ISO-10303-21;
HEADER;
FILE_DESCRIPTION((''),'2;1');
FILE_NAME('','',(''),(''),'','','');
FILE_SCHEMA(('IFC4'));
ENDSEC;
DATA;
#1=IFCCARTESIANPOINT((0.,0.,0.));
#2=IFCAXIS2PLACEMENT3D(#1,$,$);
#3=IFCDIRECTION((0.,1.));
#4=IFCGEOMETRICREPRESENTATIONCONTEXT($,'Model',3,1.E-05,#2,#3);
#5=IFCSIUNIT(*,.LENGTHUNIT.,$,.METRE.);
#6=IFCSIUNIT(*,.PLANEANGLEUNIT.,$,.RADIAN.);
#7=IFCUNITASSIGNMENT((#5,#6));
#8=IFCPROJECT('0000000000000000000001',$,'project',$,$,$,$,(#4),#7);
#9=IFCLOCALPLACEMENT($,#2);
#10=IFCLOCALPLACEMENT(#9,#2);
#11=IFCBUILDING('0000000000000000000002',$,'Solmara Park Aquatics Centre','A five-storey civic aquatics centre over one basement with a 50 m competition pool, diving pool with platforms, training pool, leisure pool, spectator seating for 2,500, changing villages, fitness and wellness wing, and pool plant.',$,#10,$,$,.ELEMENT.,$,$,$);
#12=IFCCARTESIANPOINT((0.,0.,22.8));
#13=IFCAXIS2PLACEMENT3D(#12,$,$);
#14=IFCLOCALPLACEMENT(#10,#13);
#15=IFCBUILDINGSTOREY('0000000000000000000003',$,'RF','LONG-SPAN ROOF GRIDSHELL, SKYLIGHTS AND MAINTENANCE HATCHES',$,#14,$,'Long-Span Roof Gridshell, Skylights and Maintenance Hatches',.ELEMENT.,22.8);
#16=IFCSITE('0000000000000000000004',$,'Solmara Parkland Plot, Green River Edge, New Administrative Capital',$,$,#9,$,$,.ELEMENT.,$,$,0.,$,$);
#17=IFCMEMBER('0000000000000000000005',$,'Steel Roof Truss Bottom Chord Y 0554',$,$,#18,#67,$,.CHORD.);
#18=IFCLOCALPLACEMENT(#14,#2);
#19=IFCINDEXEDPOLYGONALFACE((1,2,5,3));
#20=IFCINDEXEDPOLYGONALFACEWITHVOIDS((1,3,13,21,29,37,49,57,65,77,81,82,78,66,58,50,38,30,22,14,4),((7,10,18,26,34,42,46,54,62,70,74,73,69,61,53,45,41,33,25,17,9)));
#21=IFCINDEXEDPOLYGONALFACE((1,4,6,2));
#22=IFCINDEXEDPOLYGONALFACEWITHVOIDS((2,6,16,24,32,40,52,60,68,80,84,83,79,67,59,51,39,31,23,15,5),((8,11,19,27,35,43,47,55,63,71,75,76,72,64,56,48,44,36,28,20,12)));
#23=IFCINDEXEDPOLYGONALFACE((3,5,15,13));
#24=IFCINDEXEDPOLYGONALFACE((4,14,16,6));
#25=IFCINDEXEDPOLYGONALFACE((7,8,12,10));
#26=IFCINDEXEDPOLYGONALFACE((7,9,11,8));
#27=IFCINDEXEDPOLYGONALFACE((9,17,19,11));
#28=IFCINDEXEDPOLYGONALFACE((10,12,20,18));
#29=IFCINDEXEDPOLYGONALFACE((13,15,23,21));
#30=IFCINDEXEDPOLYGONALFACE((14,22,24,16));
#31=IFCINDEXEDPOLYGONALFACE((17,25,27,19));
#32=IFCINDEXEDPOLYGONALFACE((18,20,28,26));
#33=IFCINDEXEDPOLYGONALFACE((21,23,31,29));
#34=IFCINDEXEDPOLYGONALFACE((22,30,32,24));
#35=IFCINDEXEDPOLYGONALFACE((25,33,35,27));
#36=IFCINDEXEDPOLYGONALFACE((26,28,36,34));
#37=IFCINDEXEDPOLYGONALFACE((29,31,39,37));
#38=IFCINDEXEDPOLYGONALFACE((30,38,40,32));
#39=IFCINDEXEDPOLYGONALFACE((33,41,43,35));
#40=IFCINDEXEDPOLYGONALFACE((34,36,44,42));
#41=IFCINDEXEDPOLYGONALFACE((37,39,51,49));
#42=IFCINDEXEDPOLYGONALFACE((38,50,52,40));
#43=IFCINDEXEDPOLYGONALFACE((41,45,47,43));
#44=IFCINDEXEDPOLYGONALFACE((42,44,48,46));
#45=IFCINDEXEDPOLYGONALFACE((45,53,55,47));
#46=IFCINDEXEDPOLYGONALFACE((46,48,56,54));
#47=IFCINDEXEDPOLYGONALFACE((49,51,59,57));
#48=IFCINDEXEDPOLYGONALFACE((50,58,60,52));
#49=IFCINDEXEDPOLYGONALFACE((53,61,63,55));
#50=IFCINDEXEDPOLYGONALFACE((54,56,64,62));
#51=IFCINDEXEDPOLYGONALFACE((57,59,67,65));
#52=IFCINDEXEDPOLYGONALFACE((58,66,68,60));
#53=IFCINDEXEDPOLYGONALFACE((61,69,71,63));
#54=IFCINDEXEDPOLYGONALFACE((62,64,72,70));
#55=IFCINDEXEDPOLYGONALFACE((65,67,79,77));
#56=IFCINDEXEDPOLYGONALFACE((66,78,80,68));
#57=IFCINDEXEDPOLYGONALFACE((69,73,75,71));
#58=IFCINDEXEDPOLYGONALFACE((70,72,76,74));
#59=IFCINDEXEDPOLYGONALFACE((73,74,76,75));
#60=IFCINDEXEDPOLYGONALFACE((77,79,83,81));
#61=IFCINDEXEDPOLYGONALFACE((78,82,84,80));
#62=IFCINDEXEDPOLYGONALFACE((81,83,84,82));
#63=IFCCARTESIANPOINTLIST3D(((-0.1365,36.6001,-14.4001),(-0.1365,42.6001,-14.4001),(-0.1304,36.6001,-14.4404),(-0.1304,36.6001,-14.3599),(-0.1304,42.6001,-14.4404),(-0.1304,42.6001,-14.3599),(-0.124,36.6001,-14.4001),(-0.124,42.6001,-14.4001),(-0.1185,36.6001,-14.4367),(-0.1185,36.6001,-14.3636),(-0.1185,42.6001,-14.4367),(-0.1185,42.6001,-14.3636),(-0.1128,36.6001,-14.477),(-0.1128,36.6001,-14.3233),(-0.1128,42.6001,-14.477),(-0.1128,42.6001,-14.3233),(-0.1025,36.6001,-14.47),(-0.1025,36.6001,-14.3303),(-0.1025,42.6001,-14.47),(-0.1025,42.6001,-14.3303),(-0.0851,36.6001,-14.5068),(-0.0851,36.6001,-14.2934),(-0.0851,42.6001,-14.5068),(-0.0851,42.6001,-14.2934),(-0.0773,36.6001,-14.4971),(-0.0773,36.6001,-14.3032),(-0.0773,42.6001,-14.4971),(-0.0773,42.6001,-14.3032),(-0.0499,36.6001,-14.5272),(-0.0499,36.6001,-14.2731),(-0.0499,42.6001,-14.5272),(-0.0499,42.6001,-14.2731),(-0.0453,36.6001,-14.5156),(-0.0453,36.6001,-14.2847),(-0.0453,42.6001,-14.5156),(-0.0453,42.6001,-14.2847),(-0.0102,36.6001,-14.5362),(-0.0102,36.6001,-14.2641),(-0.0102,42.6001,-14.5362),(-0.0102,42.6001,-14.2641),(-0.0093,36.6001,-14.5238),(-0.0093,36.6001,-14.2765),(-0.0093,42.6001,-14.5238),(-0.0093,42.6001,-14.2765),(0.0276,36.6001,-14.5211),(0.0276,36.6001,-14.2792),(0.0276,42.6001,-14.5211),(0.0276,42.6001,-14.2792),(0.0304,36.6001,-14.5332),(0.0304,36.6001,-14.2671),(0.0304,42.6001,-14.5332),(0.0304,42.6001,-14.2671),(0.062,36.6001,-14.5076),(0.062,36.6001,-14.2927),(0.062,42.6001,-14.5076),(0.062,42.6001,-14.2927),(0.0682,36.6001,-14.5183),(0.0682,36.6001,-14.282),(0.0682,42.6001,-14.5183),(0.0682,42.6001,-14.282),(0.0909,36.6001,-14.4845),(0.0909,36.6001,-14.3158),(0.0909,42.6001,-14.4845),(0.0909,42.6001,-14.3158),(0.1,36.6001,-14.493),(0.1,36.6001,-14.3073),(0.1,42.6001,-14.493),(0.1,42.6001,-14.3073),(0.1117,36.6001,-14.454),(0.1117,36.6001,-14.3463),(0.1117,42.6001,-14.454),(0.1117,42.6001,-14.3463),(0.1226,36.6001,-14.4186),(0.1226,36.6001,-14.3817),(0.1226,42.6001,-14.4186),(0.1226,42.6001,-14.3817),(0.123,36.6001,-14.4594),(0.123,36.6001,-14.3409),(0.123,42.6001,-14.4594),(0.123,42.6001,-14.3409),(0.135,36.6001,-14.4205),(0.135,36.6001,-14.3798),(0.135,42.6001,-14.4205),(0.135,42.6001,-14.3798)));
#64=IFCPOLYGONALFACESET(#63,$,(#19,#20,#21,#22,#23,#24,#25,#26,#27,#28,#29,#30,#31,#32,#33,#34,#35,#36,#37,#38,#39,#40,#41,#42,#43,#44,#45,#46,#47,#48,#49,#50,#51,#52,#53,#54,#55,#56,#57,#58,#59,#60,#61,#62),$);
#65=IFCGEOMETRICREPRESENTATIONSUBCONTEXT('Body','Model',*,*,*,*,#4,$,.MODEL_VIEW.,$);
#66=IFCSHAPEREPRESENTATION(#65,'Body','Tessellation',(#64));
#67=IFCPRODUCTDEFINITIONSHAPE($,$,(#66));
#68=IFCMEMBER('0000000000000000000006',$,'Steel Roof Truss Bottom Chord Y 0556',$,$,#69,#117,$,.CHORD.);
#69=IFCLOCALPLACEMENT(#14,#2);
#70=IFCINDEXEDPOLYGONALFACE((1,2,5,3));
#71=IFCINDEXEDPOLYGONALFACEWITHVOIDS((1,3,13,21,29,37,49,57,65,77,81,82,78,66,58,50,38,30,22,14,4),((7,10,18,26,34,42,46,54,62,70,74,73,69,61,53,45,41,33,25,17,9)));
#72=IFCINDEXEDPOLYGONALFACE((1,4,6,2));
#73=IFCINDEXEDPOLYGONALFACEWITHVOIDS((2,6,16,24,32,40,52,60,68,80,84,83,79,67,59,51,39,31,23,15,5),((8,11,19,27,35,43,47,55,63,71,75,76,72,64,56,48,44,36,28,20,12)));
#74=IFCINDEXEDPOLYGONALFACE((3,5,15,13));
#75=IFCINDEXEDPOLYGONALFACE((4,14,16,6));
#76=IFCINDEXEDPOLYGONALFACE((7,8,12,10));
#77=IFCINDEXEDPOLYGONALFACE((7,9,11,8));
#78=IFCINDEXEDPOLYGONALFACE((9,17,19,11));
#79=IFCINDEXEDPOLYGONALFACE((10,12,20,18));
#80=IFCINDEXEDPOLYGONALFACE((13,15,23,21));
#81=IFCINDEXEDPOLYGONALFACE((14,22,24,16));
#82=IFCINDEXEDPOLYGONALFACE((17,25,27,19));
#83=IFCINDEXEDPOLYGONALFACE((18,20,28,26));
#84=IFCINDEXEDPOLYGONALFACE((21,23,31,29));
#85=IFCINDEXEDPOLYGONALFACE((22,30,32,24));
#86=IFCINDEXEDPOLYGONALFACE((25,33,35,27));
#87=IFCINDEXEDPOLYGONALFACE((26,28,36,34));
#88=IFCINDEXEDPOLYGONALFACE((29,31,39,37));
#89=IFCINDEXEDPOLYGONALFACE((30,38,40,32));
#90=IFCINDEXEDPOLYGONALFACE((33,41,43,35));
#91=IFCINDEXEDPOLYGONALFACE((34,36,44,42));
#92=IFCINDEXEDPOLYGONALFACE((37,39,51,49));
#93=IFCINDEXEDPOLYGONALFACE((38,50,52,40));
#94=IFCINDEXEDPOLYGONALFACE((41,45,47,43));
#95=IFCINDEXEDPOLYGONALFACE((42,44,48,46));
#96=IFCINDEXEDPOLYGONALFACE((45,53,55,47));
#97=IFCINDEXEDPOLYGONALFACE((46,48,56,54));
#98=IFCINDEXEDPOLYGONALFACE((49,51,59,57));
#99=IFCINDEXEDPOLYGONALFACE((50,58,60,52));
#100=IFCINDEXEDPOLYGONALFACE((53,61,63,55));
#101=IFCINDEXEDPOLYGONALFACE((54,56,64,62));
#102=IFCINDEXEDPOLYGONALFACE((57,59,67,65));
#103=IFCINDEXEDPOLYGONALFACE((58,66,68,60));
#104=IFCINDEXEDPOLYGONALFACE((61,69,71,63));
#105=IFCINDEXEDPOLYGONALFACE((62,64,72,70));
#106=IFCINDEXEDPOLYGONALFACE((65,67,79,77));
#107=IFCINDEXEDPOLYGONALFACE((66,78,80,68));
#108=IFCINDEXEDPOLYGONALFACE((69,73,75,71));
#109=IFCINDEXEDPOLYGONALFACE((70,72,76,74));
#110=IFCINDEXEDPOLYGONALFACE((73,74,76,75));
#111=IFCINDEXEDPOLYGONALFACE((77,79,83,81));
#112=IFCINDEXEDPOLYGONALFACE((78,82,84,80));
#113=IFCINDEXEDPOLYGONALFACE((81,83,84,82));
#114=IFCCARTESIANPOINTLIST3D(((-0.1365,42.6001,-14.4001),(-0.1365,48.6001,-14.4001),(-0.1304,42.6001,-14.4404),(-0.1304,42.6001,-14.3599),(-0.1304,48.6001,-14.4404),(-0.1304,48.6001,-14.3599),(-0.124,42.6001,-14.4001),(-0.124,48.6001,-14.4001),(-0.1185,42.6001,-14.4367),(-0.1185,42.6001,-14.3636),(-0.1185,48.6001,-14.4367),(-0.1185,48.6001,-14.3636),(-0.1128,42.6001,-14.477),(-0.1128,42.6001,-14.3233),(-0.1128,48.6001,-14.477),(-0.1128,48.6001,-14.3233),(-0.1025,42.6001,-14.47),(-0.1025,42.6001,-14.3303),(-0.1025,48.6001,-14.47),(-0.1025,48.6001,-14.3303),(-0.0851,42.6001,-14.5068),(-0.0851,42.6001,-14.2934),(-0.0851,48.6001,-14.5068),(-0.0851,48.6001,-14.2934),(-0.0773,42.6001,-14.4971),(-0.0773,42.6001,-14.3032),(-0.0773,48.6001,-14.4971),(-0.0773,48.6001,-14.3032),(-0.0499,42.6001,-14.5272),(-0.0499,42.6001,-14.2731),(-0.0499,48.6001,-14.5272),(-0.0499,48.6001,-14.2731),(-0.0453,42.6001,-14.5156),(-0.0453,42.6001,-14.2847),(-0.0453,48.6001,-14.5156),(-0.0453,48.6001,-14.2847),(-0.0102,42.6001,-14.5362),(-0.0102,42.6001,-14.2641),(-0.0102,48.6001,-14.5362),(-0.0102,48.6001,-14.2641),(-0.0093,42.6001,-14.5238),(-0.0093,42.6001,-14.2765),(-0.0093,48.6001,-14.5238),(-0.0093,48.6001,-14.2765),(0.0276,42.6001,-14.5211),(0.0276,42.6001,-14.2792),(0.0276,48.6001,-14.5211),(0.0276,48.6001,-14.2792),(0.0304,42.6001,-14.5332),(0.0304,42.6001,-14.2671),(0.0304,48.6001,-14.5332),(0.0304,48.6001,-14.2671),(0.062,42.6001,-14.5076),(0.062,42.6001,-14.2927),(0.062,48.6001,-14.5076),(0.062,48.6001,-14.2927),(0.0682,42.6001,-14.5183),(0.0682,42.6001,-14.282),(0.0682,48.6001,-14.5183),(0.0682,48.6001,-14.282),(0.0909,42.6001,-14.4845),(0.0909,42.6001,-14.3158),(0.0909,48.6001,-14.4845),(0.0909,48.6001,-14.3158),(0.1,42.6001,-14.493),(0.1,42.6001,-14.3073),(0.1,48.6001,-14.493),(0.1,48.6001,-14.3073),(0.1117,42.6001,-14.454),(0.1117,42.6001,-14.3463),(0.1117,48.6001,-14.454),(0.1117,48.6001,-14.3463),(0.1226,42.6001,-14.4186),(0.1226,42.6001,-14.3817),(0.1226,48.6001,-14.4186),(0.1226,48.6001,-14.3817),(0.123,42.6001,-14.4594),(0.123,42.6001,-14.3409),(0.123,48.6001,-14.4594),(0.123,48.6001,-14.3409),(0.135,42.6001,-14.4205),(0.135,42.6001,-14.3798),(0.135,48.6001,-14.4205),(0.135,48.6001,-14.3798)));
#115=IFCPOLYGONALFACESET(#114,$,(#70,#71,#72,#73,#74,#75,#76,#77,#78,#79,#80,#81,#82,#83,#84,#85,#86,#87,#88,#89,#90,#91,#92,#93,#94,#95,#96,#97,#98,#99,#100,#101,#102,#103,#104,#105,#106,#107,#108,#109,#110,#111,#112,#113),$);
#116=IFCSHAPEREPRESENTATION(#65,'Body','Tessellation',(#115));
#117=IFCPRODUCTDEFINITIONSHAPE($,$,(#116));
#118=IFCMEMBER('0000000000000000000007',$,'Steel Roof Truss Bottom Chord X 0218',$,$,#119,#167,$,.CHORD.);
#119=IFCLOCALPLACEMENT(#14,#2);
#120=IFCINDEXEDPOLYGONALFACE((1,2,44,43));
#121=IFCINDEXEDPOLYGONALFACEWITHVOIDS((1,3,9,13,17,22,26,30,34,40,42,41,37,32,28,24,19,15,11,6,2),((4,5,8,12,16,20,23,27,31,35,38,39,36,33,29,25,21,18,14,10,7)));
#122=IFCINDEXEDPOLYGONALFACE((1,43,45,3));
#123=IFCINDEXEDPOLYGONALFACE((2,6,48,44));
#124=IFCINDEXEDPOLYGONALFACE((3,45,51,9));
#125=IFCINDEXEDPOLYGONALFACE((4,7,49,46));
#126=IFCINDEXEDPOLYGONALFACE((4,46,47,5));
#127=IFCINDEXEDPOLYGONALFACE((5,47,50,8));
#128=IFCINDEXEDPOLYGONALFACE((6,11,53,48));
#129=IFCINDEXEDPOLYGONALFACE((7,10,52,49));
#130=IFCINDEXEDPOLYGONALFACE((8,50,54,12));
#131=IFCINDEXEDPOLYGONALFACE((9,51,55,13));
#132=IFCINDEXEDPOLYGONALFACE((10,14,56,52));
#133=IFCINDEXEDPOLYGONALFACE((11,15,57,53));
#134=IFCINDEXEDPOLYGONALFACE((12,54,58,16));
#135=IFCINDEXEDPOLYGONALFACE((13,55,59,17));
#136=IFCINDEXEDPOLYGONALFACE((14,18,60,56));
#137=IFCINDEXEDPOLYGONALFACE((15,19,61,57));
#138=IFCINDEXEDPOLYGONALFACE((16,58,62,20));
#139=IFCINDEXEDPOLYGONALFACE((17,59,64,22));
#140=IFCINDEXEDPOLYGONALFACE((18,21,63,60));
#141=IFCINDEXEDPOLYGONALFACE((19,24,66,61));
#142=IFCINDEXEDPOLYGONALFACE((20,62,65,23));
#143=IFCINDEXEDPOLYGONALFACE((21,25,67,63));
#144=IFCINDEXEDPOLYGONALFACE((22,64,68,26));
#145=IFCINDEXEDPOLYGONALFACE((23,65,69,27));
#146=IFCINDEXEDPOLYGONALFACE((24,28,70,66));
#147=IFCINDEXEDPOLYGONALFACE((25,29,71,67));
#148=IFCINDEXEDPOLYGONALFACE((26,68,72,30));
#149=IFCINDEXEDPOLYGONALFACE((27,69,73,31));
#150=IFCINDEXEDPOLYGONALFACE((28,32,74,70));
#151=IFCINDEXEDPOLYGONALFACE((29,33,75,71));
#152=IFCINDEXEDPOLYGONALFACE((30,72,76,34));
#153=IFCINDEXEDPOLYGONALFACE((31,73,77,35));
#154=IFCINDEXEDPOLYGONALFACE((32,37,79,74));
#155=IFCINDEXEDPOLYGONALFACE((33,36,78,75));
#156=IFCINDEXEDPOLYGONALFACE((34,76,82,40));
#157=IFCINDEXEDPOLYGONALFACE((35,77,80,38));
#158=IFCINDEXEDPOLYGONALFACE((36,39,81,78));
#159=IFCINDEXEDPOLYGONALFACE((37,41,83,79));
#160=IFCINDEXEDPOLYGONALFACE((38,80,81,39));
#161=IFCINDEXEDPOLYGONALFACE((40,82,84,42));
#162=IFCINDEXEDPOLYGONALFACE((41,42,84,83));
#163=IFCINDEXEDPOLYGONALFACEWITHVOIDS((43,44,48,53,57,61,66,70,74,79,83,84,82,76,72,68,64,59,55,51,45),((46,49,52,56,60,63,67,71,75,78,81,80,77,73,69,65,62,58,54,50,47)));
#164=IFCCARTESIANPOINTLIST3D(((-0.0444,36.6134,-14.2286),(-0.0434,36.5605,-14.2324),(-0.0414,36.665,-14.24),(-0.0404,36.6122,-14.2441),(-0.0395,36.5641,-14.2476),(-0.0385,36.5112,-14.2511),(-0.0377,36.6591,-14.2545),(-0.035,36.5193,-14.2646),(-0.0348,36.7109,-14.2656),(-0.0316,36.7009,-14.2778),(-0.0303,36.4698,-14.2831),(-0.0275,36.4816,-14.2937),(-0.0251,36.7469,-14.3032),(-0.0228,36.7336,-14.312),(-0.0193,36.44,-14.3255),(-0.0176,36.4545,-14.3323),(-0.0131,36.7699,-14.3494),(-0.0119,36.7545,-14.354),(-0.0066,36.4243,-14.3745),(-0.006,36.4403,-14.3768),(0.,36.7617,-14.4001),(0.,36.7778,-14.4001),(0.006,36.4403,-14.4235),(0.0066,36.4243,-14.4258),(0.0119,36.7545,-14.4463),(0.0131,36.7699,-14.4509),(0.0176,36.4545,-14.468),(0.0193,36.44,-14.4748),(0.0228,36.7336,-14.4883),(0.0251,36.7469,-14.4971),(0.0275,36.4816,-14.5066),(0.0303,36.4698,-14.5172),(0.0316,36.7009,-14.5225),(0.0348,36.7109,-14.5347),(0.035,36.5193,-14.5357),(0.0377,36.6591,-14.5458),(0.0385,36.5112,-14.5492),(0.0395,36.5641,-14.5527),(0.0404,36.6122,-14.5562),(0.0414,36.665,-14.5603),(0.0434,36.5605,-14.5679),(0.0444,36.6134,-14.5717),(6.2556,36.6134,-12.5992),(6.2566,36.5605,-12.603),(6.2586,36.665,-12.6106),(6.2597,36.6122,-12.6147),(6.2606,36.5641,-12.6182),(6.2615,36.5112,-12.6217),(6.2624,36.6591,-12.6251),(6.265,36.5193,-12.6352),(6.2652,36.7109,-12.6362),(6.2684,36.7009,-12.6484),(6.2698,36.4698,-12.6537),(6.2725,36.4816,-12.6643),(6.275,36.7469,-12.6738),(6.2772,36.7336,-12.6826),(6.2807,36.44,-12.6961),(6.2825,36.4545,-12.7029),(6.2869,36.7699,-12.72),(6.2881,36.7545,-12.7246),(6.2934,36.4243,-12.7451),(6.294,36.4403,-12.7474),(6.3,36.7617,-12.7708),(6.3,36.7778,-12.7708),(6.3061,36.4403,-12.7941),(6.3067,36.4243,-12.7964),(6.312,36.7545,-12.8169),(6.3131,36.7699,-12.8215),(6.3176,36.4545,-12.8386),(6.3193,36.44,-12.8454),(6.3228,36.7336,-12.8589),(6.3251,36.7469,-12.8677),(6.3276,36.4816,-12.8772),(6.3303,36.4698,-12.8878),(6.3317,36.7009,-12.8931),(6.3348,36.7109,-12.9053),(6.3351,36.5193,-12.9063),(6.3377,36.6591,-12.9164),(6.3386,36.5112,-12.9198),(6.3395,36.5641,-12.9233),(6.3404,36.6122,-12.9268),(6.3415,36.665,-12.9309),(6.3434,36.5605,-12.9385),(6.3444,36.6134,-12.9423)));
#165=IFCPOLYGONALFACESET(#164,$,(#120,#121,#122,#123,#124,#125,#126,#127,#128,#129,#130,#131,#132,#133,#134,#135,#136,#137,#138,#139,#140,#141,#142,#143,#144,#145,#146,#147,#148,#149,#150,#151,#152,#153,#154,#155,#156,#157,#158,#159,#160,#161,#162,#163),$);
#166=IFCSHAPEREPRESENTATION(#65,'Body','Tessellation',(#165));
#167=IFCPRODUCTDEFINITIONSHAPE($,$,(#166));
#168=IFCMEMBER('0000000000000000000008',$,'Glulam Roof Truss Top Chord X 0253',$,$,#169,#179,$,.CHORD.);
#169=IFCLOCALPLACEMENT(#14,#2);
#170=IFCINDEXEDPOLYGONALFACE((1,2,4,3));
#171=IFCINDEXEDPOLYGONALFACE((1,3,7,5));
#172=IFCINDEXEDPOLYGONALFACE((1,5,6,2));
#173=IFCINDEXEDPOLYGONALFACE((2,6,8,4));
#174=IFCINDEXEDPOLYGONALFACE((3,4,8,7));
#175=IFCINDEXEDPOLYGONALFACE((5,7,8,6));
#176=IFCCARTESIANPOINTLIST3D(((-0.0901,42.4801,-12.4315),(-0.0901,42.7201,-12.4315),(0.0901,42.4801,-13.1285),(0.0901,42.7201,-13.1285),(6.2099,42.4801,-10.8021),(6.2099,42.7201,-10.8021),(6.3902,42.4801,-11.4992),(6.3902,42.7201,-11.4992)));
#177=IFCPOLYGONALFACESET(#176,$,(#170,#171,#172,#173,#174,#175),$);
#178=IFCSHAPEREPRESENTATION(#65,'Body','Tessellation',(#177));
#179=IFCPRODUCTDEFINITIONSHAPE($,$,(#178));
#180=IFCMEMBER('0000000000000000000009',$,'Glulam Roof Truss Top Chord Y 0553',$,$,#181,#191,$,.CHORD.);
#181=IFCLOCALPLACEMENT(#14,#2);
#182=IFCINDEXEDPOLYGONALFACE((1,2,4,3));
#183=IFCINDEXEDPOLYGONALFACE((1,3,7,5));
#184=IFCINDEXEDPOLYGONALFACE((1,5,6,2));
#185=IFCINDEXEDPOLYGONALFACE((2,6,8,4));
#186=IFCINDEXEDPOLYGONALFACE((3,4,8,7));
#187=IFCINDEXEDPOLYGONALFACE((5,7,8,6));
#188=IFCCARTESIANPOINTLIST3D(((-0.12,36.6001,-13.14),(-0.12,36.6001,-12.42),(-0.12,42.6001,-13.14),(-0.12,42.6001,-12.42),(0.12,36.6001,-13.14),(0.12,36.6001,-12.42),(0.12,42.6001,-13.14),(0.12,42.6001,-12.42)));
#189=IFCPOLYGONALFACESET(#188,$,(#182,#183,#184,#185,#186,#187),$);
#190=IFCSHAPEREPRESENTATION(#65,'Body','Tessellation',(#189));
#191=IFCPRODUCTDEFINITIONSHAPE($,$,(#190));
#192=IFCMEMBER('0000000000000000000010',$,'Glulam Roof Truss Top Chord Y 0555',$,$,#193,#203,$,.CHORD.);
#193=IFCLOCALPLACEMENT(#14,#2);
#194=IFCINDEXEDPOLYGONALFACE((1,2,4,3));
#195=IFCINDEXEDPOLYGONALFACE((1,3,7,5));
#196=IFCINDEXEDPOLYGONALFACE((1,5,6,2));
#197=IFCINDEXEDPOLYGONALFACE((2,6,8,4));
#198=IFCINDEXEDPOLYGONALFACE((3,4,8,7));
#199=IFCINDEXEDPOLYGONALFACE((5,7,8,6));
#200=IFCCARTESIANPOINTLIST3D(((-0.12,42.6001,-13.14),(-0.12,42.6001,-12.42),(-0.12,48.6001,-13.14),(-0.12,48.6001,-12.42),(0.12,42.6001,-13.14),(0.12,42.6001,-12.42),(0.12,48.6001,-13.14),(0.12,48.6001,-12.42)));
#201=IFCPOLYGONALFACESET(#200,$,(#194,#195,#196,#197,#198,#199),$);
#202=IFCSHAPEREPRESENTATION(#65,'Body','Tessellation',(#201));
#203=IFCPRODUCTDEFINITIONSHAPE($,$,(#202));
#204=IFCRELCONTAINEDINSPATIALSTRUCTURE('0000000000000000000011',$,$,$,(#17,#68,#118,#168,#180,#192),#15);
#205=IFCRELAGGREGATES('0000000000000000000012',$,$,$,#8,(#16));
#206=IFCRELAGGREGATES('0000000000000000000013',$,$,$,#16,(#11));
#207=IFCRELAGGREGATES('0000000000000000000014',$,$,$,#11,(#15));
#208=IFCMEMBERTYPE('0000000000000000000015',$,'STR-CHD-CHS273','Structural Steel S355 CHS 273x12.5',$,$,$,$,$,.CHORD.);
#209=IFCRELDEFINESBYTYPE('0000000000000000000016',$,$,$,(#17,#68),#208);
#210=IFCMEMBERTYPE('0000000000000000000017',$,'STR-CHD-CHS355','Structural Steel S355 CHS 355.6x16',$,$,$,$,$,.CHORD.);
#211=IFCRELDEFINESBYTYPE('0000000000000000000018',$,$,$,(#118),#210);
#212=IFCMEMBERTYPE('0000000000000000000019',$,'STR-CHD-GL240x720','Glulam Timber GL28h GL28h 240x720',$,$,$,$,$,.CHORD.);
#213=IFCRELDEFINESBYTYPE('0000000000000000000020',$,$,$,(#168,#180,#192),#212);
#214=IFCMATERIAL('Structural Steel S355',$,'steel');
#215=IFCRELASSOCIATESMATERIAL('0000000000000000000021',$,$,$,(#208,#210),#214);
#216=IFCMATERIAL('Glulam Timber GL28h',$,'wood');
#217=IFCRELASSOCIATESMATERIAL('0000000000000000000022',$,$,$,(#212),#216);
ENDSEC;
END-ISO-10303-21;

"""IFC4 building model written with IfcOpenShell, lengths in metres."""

from ifc_helpers import new_model, si_unit, direction, frame, origin, origin_2d, place, context, subcontext, project, spatial, rectangle, hollow_circle, extrude, material, material_profile, profile_set, type_object, element, save


model = new_model("IFC4")

# Units and contexts
model_context = context("Model", 3, precision=1e-05, world=origin(), true_north=direction((0.0, 1.0)))
body_context = subcontext(model_context, "Body", "Model", "MODEL_VIEW")
ifc_project = project(units=[si_unit("LENGTHUNIT", "METRE"), si_unit("PLANEANGLEUNIT", "RADIAN")], contexts=[model_context])

# Site, building, storey
site_placement = place(None, origin())
site = spatial("IfcSite", under=ifc_project, at=site_placement, Name="Solmara Parkland Plot, Green River Edge, New Administrative Capital", CompositionType="ELEMENT", RefElevation=0.0)
building_placement = place(site_placement, origin())
building = spatial("IfcBuilding", under=site, at=building_placement, Name="Solmara Park Aquatics Centre", Description="A five-storey civic aquatics centre over one basement with a 50 m competition pool, diving pool with platforms, training pool, leisure pool, spectator seating for 2,500, changing villages, fitness and wellness wing, and pool plant.", CompositionType="ELEMENT")
storey_placement = place(building_placement, frame((0.0, 0.0, 22.8)))
storey = spatial("IfcBuildingStorey", under=building, at=storey_placement, Name="RF", Description="LONG-SPAN ROOF GRIDSHELL, SKYLIGHTS AND MAINTENANCE HATCHES", LongName="Long-Span Roof Gridshell, Skylights and Maintenance Hatches", CompositionType="ELEMENT", Elevation=22.8)

# Members
ifc_material_1 = material(Name="Structural Steel S355", Category="steel")
ifc_material_profile_1 = material_profile(ifc_material_1, hollow_circle(Radius=0.1365, WallThickness=0.0125, at=origin_2d()), Name="CHS 273x12.5")
ifc_profile_set_1 = profile_set([ifc_material_profile_1], Name="Structural Steel S355")
member_type_1 = type_object("IfcMemberType", Name="STR-CHD-CHS273", Description="Structural Steel S355 CHS 273x12.5", PredefinedType="CHORD", material=ifc_profile_set_1)
for number, where, z_axis, x_axis, name in (
    (1, (0.0, 36.6001, -14.4001), (0.0, 1.0, 0.0), (-1.0, 0.0, 0.0), "Steel Roof Truss Bottom Chord Y 0554"),
    (2, (0.0, 42.6001, -14.4001), (0.0, 1.0, 0.0), (-1.0, 0.0, 0.0), "Steel Roof Truss Bottom Chord Y 0556"),
):
    element("IfcMember", number, at=place(storey_placement, frame(where, z_axis=z_axis, x_axis=x_axis)), inside=storey, type_object=member_type_1, Name=name, PredefinedType="CHORD", context=body_context, shape_type="SweptSolid", body=[
        extrude(hollow_circle(Radius=0.1365, WallThickness=0.0125, at=origin_2d()), origin(), (0.0, 0.0, 1.0), 6.0),
    ])
ifc_material_profile_2 = material_profile(ifc_material_1, hollow_circle(Radius=0.1777, WallThickness=0.0161, at=origin_2d()), Name="CHS 355.6x16")
ifc_profile_set_2 = profile_set([ifc_material_profile_2], Name="Structural Steel S355")
member_type_2 = type_object("IfcMemberType", Name="STR-CHD-CHS355", Description="Structural Steel S355 CHS 355.6x16", PredefinedType="CHORD", material=ifc_profile_set_2)
member_1_placement = place(storey_placement, frame((0.0, 36.6001, -14.4001), z_axis=(0.968144, 0.0, 0.250393), x_axis=(0.0, 1.0, 0.0)))
element("IfcMember", 3, at=member_1_placement, inside=storey, type_object=member_type_2, Name="Steel Roof Truss Bottom Chord X 0218", PredefinedType="CHORD", context=body_context, shape_type="SweptSolid", body=[
    extrude(hollow_circle(Radius=0.1777, WallThickness=0.0161, at=origin_2d()), origin(), (0.0, 0.0, 1.0), 6.5073),
])
ifc_material_2 = material(Name="Glulam Timber GL28h", Category="wood")
ifc_material_profile_3 = material_profile(ifc_material_2, rectangle(XDim=0.24, YDim=0.72, at=origin_2d()), Name="GL28h 240x720")
ifc_profile_set_3 = profile_set([ifc_material_profile_3], Name="Glulam Timber GL28h")
member_type_3 = type_object("IfcMemberType", Name="STR-CHD-GL240x720", Description="Glulam Timber GL28h GL28h 240x720", PredefinedType="CHORD", material=ifc_profile_set_3)
member_2_placement = place(storey_placement, frame((0.0, 42.6001, -12.78), z_axis=(0.968144, 0.0, 0.250393), x_axis=(0.0, 1.0, 0.0)))
element("IfcMember", 4, at=member_2_placement, inside=storey, type_object=member_type_3, Name="Glulam Roof Truss Top Chord X 0253", PredefinedType="CHORD", context=body_context, shape_type="SweptSolid", body=[
    extrude(rectangle(XDim=0.24, YDim=0.72, at=origin_2d()), origin(), (0.0, 0.0, 1.0), 6.5073),
])
for number, where, z_axis, x_axis, name in (
    (5, (0.0, 36.6001, -12.78), (0.0, 1.0, 0.0), (-1.0, 0.0, 0.0), "Glulam Roof Truss Top Chord Y 0553"),
    (6, (0.0, 42.6001, -12.78), (0.0, 1.0, 0.0), (-1.0, 0.0, 0.0), "Glulam Roof Truss Top Chord Y 0555"),
):
    element("IfcMember", number, at=place(storey_placement, frame(where, z_axis=z_axis, x_axis=x_axis)), inside=storey, type_object=member_type_3, Name=name, PredefinedType="CHORD", context=body_context, shape_type="SweptSolid", body=[
        extrude(rectangle(XDim=0.24, YDim=0.72, at=origin_2d()), origin(), (0.0, 0.0, 1.0), 6.0),
    ])

save(model, "model.ifc")
